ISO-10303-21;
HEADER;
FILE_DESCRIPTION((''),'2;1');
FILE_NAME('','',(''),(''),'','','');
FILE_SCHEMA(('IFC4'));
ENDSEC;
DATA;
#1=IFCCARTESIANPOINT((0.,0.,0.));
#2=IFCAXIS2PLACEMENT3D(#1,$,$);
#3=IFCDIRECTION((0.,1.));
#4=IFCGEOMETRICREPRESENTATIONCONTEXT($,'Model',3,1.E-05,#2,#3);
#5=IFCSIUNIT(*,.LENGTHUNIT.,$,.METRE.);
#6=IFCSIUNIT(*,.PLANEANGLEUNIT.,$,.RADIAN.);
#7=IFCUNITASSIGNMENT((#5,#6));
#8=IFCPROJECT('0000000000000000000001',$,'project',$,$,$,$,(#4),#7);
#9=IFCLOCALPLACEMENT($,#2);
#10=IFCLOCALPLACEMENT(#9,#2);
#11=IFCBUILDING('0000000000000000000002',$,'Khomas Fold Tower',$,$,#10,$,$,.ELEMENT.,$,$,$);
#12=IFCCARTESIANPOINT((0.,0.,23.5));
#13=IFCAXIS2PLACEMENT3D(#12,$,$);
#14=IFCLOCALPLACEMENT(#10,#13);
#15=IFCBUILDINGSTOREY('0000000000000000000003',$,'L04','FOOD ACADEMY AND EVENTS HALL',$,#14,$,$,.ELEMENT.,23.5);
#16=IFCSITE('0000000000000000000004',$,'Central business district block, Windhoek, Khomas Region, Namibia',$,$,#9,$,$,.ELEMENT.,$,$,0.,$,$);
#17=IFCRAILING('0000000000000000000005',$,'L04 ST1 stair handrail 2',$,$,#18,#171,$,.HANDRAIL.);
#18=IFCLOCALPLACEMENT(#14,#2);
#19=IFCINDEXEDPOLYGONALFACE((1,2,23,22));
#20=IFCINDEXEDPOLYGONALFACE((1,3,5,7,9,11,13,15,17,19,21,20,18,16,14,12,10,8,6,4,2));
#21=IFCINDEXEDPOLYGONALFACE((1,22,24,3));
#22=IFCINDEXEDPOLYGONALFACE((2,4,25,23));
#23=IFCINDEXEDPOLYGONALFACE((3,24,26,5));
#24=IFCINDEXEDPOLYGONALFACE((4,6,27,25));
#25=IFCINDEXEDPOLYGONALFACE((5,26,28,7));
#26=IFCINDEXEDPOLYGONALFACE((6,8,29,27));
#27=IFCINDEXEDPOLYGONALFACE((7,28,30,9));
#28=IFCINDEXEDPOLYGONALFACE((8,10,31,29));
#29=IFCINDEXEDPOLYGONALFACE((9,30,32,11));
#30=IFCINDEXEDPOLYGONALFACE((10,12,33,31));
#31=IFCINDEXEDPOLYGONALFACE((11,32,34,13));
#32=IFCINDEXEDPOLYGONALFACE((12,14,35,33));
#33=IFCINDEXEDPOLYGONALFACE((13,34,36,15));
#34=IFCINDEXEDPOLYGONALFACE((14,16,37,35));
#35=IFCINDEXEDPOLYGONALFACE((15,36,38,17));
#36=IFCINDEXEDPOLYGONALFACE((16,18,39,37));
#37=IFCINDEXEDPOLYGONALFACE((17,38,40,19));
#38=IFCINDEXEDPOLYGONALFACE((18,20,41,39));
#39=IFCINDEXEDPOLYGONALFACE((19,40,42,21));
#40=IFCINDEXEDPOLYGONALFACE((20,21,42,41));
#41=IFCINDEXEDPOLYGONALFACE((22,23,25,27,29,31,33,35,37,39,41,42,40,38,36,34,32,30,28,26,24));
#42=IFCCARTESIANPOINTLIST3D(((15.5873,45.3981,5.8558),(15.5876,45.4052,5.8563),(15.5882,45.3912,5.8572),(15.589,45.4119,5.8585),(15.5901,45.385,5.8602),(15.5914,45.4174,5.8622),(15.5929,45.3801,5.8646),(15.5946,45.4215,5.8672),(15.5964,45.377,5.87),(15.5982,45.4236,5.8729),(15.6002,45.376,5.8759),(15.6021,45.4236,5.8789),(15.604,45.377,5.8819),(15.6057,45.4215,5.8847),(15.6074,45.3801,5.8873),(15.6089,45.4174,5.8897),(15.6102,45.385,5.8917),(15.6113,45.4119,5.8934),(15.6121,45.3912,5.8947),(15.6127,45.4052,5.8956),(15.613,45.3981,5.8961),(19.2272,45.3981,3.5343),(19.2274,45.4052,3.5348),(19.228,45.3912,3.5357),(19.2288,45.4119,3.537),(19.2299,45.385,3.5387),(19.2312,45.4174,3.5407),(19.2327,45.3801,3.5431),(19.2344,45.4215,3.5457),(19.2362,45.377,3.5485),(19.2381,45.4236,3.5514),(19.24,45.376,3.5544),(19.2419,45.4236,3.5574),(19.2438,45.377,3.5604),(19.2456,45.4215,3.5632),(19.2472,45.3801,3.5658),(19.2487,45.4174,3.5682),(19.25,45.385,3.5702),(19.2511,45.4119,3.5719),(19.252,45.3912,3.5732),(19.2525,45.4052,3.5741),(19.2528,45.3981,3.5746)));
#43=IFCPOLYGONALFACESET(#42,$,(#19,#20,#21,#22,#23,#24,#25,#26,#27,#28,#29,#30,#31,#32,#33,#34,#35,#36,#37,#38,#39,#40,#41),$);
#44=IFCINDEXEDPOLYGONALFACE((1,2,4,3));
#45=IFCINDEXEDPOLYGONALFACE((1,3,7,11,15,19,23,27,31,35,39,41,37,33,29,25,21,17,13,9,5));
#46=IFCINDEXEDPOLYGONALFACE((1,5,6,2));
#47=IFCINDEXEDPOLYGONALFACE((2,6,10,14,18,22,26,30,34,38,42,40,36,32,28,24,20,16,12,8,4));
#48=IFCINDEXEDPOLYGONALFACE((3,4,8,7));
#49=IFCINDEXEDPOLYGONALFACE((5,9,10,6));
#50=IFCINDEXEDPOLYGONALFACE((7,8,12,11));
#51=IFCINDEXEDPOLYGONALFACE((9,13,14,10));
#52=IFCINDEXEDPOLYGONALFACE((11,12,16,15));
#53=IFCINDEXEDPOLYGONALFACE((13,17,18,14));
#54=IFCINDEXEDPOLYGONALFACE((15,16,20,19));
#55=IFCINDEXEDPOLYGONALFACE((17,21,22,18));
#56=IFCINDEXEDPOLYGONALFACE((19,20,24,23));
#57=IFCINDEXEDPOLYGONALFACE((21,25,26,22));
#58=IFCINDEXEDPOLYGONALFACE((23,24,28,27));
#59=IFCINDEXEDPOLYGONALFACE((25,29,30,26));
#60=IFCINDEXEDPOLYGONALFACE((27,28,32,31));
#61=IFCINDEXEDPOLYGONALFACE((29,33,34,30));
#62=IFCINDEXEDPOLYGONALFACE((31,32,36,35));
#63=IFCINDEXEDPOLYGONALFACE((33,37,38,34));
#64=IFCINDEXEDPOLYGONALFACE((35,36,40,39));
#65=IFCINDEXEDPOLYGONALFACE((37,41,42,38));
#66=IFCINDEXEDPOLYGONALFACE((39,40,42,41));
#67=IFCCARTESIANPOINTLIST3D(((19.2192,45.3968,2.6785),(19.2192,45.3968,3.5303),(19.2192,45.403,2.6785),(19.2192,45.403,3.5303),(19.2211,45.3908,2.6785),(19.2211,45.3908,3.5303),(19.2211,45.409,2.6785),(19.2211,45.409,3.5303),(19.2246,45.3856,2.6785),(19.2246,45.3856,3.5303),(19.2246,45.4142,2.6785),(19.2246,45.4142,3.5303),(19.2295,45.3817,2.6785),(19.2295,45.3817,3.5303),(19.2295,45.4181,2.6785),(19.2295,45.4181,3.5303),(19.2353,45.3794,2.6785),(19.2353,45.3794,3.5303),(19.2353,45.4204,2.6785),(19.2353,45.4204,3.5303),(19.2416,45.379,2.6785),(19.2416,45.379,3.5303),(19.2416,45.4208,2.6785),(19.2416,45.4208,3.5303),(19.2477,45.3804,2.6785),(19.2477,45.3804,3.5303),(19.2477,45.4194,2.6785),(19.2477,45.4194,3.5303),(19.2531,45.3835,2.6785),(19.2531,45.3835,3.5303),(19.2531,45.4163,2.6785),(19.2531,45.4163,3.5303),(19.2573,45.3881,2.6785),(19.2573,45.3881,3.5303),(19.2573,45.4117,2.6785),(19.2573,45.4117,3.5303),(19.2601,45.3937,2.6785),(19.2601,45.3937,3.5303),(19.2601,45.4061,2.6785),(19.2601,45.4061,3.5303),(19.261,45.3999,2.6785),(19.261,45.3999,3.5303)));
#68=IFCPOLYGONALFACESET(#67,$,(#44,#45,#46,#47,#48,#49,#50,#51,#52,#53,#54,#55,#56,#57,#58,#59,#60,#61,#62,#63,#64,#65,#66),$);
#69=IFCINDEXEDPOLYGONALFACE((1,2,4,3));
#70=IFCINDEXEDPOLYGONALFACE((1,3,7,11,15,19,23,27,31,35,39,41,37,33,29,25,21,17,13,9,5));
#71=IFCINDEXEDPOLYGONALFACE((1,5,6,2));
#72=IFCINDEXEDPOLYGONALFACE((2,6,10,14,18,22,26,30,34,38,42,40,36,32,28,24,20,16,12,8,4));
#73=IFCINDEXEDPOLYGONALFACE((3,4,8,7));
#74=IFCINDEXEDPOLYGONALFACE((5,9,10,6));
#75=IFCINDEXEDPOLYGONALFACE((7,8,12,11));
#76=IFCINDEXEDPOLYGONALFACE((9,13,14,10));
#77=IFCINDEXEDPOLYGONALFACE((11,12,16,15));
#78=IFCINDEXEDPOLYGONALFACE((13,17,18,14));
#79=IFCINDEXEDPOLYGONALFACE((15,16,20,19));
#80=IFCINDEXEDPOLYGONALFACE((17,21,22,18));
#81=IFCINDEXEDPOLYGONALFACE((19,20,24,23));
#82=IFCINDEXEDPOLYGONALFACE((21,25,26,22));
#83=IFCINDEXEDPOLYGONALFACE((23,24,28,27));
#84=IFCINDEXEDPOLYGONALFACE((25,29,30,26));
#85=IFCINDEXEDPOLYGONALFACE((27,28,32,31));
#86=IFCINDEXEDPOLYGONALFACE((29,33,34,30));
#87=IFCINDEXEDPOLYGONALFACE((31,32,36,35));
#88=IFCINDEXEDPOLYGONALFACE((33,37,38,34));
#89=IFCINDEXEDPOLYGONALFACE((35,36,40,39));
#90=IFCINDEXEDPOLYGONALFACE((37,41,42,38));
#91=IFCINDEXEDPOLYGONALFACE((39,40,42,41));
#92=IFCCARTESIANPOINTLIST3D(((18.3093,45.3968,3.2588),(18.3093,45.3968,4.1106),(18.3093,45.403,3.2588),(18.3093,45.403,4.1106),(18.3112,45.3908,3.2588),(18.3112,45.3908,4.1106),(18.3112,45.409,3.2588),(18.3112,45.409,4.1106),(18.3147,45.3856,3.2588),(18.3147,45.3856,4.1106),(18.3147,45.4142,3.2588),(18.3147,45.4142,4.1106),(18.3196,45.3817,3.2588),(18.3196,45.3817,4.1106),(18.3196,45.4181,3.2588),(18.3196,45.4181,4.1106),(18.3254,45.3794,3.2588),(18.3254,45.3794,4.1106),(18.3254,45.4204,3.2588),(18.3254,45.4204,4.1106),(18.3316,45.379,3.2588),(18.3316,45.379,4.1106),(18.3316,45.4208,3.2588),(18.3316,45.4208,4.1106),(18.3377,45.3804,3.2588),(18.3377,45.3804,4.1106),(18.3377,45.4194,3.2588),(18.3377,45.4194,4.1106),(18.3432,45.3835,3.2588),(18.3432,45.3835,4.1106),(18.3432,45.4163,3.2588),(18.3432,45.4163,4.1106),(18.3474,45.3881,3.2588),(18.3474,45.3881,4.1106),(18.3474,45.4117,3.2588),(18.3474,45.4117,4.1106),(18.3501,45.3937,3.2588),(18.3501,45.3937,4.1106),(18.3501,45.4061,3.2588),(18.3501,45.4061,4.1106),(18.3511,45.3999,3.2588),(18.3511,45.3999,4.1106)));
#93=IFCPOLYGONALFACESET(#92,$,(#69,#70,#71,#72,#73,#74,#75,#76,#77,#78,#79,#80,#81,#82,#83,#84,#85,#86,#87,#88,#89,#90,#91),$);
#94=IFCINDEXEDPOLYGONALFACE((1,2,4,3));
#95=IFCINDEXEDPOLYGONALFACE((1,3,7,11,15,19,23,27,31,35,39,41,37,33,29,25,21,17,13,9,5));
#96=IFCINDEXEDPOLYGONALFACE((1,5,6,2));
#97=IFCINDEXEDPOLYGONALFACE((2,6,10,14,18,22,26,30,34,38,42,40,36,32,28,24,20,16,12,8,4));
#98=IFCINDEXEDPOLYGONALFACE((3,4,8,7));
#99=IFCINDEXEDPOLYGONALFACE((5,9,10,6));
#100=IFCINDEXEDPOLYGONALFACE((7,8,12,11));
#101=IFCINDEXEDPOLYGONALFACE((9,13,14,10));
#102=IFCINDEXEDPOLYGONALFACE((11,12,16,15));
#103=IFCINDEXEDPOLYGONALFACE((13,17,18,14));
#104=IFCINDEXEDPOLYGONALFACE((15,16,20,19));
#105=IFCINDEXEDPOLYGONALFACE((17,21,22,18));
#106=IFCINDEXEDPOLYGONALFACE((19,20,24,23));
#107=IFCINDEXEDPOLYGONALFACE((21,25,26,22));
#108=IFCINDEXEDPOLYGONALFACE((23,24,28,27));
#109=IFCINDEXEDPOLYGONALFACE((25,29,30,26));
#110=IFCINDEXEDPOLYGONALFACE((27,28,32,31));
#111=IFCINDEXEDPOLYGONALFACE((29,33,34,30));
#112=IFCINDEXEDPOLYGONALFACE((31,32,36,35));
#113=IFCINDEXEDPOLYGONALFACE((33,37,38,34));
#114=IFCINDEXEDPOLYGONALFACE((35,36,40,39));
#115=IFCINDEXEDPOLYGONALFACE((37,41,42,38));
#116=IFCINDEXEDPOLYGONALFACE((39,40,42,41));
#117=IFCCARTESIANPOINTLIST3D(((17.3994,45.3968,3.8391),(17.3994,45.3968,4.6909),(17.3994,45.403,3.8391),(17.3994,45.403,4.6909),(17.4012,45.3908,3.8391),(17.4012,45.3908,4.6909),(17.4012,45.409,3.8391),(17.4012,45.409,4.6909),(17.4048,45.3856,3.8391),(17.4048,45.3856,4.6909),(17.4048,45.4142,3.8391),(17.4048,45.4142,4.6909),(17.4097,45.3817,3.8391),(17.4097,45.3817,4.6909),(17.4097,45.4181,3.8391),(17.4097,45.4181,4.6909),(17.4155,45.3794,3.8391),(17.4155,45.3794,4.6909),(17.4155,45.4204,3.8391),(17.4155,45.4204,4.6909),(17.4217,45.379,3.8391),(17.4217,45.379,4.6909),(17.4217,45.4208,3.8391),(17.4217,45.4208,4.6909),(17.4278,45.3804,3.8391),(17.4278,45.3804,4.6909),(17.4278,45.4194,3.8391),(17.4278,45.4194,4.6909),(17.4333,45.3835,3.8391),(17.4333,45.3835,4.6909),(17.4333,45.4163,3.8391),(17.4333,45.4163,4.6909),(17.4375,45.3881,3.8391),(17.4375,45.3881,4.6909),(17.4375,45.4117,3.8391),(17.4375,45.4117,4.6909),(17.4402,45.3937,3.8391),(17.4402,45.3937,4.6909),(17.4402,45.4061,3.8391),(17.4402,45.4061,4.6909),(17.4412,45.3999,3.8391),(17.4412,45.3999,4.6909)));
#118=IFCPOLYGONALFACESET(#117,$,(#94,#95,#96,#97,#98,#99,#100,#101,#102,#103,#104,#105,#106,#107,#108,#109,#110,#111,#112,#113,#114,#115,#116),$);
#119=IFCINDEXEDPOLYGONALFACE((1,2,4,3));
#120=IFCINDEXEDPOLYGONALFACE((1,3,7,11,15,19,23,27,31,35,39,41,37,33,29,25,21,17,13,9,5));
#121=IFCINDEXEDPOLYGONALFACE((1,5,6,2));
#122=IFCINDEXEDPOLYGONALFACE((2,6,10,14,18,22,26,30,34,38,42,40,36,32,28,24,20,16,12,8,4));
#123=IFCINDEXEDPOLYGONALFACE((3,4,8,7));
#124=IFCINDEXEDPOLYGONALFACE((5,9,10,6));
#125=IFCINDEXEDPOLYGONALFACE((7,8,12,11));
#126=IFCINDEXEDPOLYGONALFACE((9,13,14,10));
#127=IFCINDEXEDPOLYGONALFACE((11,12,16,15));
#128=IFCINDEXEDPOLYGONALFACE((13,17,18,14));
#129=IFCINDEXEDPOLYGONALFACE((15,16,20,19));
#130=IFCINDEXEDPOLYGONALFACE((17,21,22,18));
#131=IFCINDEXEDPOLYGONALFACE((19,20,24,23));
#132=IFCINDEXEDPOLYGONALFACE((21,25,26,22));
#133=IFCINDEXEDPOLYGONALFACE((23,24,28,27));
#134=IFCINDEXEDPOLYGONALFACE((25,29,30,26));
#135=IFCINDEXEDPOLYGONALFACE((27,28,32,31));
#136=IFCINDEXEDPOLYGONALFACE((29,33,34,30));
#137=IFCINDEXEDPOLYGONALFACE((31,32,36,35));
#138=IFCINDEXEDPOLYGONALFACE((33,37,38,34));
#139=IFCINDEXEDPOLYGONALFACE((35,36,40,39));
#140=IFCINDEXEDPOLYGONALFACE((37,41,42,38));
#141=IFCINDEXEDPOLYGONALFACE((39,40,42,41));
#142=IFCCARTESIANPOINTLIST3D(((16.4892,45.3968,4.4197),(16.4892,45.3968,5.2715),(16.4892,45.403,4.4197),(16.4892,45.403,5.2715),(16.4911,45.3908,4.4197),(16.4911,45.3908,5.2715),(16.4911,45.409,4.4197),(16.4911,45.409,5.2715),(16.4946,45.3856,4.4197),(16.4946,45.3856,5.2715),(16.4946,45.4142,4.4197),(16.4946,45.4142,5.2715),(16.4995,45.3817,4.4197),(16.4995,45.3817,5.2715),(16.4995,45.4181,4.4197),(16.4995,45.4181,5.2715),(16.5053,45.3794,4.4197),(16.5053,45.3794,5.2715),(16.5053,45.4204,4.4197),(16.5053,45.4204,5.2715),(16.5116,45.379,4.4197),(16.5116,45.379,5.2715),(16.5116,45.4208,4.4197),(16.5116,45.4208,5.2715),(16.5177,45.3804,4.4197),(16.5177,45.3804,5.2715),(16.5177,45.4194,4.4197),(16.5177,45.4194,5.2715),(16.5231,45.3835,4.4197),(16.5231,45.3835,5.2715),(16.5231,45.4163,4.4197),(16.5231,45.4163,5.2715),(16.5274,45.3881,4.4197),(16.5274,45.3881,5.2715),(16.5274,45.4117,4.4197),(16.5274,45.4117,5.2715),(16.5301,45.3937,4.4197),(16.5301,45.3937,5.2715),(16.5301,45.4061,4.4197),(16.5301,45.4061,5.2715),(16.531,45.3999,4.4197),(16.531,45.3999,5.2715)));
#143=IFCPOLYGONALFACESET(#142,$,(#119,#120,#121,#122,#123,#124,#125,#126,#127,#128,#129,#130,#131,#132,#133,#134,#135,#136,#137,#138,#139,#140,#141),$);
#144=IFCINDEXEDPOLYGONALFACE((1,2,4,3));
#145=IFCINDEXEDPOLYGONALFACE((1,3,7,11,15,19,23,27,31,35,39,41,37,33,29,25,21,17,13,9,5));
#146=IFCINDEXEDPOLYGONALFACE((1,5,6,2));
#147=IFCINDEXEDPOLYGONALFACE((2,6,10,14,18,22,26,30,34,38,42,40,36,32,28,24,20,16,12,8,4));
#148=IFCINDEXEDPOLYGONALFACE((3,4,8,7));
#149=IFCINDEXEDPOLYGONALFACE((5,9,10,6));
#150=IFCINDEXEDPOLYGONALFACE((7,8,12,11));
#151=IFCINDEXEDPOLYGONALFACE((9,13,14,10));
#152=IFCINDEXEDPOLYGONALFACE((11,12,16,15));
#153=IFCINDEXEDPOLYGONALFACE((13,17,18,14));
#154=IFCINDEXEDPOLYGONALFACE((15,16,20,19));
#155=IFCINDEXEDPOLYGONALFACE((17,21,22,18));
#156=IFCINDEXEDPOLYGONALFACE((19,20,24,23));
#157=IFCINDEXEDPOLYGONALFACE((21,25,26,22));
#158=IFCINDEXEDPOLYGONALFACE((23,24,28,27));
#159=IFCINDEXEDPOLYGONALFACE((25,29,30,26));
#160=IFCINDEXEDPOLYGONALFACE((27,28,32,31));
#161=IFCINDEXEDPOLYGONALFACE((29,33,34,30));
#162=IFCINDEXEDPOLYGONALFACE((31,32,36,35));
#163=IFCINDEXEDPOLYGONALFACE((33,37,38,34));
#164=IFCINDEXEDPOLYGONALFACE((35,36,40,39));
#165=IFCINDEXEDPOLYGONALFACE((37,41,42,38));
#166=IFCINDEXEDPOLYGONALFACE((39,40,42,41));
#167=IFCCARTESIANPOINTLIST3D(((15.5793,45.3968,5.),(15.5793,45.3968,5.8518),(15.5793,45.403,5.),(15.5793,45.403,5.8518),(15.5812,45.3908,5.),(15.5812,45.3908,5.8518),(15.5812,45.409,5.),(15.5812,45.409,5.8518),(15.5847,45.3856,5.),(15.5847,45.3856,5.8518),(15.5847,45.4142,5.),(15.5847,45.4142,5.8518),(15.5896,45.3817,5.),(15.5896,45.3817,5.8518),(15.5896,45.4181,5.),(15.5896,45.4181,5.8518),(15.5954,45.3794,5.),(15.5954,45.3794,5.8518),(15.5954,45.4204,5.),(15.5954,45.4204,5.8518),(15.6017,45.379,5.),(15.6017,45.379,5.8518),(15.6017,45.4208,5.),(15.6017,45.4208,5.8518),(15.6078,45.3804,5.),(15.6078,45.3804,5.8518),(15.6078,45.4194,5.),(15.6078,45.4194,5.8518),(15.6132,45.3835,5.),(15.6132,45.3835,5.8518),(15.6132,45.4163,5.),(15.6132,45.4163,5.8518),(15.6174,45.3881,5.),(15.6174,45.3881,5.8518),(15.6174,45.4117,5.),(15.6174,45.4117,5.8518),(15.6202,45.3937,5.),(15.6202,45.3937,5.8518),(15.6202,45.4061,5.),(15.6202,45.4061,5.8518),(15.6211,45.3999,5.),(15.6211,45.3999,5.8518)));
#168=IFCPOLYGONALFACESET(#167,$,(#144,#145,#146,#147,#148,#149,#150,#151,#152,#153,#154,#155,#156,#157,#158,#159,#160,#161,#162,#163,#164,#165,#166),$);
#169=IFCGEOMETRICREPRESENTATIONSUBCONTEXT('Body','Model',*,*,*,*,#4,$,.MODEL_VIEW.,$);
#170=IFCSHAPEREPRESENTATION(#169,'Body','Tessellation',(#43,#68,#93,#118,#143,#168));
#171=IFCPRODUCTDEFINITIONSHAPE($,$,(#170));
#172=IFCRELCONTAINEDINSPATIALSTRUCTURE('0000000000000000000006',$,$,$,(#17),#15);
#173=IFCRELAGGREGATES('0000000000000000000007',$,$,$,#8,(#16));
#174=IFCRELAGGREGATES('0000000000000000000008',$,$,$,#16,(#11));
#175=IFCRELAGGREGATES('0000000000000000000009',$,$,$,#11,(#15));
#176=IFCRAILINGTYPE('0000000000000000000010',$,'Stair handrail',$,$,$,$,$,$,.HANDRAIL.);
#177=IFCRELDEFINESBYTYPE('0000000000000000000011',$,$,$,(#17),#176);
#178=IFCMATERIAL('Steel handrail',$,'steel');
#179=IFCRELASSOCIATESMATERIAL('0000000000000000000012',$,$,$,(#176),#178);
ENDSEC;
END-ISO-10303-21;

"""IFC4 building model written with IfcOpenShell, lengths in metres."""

from ifc_helpers import new_model, si_unit, direction, frame, origin, origin_2d, place, context, subcontext, project, spatial, circle, extrude, source, transform, mapped, material, type_object, element, save


model = new_model("IFC4")

# Units and contexts
model_context = context("Model", 3, precision=1e-05, world=origin(), true_north=direction((0.0, 1.0)))
body_context = subcontext(model_context, "Body", "Model", "MODEL_VIEW")
ifc_project = project(units=[si_unit("LENGTHUNIT", "METRE"), si_unit("PLANEANGLEUNIT", "RADIAN")], contexts=[model_context])

# Site, building, storey
site_placement = place(None, origin())
site = spatial("IfcSite", under=ifc_project, at=site_placement, Name="Central business district block, Windhoek, Khomas Region, Namibia", CompositionType="ELEMENT", RefElevation=0.0)
building_placement = place(site_placement, origin())
building = spatial("IfcBuilding", under=site, at=building_placement, Name="Khomas Fold Tower", CompositionType="ELEMENT")
storey_placement = place(building_placement, frame((0.0, 0.0, 23.5)))
storey = spatial("IfcBuildingStorey", under=building, at=storey_placement, Name="L04", Description="FOOD ACADEMY AND EVENTS HALL", CompositionType="ELEMENT", Elevation=23.5)

# Railing
ifc_material_1 = material(Name="Steel handrail", Category="steel")
railing_type_1 = type_object("IfcRailingType", Name="Stair handrail", PredefinedType="HANDRAIL", material=ifc_material_1)
shared_shape_1 = source(origin(), body_context, "Body", "SweptSolid", [
    extrude(circle(Radius=0.0239, at=origin_2d()), frame((0.0, 0.0, 0.876), z_axis=(-0.843112, 0.0, 0.537739), x_axis=(0.0, -1.0, 0.0)), (0.0, 0.0, 1.0), 4.3171),
    extrude(circle(Radius=0.021, at=origin_2d()), origin(), (0.0, 0.0, 1.0), 0.8518),
    extrude(circle(Radius=0.021, at=origin_2d()), frame((-0.9099, 0.0, 0.5803)), (0.0, 0.0, 1.0), 0.8518),
    extrude(circle(Radius=0.021, at=origin_2d()), frame((-1.8198, 0.0, 1.1606)), (0.0, 0.0, 1.0), 0.8518),
    extrude(circle(Radius=0.021, at=origin_2d()), frame((-2.73, 0.0, 1.7412)), (0.0, 0.0, 1.0), 0.8518),
    extrude(circle(Radius=0.021, at=origin_2d()), frame((-3.6399, 0.0, 2.3215)), (0.0, 0.0, 1.0), 0.8518),
])
railing_1_placement = place(storey_placement, frame((19.24, 45.3999, 2.6785)))
element("IfcRailing", 1, at=railing_1_placement, inside=storey, type_object=railing_type_1, Name="L04 ST1 stair handrail 2", PredefinedType="HANDRAIL", context=body_context, shape_type="MappedRepresentation", body=[
    mapped(shared_shape_1, transform((0.0, 0.0, 0.0))),
])

save(model, "model.ifc")
